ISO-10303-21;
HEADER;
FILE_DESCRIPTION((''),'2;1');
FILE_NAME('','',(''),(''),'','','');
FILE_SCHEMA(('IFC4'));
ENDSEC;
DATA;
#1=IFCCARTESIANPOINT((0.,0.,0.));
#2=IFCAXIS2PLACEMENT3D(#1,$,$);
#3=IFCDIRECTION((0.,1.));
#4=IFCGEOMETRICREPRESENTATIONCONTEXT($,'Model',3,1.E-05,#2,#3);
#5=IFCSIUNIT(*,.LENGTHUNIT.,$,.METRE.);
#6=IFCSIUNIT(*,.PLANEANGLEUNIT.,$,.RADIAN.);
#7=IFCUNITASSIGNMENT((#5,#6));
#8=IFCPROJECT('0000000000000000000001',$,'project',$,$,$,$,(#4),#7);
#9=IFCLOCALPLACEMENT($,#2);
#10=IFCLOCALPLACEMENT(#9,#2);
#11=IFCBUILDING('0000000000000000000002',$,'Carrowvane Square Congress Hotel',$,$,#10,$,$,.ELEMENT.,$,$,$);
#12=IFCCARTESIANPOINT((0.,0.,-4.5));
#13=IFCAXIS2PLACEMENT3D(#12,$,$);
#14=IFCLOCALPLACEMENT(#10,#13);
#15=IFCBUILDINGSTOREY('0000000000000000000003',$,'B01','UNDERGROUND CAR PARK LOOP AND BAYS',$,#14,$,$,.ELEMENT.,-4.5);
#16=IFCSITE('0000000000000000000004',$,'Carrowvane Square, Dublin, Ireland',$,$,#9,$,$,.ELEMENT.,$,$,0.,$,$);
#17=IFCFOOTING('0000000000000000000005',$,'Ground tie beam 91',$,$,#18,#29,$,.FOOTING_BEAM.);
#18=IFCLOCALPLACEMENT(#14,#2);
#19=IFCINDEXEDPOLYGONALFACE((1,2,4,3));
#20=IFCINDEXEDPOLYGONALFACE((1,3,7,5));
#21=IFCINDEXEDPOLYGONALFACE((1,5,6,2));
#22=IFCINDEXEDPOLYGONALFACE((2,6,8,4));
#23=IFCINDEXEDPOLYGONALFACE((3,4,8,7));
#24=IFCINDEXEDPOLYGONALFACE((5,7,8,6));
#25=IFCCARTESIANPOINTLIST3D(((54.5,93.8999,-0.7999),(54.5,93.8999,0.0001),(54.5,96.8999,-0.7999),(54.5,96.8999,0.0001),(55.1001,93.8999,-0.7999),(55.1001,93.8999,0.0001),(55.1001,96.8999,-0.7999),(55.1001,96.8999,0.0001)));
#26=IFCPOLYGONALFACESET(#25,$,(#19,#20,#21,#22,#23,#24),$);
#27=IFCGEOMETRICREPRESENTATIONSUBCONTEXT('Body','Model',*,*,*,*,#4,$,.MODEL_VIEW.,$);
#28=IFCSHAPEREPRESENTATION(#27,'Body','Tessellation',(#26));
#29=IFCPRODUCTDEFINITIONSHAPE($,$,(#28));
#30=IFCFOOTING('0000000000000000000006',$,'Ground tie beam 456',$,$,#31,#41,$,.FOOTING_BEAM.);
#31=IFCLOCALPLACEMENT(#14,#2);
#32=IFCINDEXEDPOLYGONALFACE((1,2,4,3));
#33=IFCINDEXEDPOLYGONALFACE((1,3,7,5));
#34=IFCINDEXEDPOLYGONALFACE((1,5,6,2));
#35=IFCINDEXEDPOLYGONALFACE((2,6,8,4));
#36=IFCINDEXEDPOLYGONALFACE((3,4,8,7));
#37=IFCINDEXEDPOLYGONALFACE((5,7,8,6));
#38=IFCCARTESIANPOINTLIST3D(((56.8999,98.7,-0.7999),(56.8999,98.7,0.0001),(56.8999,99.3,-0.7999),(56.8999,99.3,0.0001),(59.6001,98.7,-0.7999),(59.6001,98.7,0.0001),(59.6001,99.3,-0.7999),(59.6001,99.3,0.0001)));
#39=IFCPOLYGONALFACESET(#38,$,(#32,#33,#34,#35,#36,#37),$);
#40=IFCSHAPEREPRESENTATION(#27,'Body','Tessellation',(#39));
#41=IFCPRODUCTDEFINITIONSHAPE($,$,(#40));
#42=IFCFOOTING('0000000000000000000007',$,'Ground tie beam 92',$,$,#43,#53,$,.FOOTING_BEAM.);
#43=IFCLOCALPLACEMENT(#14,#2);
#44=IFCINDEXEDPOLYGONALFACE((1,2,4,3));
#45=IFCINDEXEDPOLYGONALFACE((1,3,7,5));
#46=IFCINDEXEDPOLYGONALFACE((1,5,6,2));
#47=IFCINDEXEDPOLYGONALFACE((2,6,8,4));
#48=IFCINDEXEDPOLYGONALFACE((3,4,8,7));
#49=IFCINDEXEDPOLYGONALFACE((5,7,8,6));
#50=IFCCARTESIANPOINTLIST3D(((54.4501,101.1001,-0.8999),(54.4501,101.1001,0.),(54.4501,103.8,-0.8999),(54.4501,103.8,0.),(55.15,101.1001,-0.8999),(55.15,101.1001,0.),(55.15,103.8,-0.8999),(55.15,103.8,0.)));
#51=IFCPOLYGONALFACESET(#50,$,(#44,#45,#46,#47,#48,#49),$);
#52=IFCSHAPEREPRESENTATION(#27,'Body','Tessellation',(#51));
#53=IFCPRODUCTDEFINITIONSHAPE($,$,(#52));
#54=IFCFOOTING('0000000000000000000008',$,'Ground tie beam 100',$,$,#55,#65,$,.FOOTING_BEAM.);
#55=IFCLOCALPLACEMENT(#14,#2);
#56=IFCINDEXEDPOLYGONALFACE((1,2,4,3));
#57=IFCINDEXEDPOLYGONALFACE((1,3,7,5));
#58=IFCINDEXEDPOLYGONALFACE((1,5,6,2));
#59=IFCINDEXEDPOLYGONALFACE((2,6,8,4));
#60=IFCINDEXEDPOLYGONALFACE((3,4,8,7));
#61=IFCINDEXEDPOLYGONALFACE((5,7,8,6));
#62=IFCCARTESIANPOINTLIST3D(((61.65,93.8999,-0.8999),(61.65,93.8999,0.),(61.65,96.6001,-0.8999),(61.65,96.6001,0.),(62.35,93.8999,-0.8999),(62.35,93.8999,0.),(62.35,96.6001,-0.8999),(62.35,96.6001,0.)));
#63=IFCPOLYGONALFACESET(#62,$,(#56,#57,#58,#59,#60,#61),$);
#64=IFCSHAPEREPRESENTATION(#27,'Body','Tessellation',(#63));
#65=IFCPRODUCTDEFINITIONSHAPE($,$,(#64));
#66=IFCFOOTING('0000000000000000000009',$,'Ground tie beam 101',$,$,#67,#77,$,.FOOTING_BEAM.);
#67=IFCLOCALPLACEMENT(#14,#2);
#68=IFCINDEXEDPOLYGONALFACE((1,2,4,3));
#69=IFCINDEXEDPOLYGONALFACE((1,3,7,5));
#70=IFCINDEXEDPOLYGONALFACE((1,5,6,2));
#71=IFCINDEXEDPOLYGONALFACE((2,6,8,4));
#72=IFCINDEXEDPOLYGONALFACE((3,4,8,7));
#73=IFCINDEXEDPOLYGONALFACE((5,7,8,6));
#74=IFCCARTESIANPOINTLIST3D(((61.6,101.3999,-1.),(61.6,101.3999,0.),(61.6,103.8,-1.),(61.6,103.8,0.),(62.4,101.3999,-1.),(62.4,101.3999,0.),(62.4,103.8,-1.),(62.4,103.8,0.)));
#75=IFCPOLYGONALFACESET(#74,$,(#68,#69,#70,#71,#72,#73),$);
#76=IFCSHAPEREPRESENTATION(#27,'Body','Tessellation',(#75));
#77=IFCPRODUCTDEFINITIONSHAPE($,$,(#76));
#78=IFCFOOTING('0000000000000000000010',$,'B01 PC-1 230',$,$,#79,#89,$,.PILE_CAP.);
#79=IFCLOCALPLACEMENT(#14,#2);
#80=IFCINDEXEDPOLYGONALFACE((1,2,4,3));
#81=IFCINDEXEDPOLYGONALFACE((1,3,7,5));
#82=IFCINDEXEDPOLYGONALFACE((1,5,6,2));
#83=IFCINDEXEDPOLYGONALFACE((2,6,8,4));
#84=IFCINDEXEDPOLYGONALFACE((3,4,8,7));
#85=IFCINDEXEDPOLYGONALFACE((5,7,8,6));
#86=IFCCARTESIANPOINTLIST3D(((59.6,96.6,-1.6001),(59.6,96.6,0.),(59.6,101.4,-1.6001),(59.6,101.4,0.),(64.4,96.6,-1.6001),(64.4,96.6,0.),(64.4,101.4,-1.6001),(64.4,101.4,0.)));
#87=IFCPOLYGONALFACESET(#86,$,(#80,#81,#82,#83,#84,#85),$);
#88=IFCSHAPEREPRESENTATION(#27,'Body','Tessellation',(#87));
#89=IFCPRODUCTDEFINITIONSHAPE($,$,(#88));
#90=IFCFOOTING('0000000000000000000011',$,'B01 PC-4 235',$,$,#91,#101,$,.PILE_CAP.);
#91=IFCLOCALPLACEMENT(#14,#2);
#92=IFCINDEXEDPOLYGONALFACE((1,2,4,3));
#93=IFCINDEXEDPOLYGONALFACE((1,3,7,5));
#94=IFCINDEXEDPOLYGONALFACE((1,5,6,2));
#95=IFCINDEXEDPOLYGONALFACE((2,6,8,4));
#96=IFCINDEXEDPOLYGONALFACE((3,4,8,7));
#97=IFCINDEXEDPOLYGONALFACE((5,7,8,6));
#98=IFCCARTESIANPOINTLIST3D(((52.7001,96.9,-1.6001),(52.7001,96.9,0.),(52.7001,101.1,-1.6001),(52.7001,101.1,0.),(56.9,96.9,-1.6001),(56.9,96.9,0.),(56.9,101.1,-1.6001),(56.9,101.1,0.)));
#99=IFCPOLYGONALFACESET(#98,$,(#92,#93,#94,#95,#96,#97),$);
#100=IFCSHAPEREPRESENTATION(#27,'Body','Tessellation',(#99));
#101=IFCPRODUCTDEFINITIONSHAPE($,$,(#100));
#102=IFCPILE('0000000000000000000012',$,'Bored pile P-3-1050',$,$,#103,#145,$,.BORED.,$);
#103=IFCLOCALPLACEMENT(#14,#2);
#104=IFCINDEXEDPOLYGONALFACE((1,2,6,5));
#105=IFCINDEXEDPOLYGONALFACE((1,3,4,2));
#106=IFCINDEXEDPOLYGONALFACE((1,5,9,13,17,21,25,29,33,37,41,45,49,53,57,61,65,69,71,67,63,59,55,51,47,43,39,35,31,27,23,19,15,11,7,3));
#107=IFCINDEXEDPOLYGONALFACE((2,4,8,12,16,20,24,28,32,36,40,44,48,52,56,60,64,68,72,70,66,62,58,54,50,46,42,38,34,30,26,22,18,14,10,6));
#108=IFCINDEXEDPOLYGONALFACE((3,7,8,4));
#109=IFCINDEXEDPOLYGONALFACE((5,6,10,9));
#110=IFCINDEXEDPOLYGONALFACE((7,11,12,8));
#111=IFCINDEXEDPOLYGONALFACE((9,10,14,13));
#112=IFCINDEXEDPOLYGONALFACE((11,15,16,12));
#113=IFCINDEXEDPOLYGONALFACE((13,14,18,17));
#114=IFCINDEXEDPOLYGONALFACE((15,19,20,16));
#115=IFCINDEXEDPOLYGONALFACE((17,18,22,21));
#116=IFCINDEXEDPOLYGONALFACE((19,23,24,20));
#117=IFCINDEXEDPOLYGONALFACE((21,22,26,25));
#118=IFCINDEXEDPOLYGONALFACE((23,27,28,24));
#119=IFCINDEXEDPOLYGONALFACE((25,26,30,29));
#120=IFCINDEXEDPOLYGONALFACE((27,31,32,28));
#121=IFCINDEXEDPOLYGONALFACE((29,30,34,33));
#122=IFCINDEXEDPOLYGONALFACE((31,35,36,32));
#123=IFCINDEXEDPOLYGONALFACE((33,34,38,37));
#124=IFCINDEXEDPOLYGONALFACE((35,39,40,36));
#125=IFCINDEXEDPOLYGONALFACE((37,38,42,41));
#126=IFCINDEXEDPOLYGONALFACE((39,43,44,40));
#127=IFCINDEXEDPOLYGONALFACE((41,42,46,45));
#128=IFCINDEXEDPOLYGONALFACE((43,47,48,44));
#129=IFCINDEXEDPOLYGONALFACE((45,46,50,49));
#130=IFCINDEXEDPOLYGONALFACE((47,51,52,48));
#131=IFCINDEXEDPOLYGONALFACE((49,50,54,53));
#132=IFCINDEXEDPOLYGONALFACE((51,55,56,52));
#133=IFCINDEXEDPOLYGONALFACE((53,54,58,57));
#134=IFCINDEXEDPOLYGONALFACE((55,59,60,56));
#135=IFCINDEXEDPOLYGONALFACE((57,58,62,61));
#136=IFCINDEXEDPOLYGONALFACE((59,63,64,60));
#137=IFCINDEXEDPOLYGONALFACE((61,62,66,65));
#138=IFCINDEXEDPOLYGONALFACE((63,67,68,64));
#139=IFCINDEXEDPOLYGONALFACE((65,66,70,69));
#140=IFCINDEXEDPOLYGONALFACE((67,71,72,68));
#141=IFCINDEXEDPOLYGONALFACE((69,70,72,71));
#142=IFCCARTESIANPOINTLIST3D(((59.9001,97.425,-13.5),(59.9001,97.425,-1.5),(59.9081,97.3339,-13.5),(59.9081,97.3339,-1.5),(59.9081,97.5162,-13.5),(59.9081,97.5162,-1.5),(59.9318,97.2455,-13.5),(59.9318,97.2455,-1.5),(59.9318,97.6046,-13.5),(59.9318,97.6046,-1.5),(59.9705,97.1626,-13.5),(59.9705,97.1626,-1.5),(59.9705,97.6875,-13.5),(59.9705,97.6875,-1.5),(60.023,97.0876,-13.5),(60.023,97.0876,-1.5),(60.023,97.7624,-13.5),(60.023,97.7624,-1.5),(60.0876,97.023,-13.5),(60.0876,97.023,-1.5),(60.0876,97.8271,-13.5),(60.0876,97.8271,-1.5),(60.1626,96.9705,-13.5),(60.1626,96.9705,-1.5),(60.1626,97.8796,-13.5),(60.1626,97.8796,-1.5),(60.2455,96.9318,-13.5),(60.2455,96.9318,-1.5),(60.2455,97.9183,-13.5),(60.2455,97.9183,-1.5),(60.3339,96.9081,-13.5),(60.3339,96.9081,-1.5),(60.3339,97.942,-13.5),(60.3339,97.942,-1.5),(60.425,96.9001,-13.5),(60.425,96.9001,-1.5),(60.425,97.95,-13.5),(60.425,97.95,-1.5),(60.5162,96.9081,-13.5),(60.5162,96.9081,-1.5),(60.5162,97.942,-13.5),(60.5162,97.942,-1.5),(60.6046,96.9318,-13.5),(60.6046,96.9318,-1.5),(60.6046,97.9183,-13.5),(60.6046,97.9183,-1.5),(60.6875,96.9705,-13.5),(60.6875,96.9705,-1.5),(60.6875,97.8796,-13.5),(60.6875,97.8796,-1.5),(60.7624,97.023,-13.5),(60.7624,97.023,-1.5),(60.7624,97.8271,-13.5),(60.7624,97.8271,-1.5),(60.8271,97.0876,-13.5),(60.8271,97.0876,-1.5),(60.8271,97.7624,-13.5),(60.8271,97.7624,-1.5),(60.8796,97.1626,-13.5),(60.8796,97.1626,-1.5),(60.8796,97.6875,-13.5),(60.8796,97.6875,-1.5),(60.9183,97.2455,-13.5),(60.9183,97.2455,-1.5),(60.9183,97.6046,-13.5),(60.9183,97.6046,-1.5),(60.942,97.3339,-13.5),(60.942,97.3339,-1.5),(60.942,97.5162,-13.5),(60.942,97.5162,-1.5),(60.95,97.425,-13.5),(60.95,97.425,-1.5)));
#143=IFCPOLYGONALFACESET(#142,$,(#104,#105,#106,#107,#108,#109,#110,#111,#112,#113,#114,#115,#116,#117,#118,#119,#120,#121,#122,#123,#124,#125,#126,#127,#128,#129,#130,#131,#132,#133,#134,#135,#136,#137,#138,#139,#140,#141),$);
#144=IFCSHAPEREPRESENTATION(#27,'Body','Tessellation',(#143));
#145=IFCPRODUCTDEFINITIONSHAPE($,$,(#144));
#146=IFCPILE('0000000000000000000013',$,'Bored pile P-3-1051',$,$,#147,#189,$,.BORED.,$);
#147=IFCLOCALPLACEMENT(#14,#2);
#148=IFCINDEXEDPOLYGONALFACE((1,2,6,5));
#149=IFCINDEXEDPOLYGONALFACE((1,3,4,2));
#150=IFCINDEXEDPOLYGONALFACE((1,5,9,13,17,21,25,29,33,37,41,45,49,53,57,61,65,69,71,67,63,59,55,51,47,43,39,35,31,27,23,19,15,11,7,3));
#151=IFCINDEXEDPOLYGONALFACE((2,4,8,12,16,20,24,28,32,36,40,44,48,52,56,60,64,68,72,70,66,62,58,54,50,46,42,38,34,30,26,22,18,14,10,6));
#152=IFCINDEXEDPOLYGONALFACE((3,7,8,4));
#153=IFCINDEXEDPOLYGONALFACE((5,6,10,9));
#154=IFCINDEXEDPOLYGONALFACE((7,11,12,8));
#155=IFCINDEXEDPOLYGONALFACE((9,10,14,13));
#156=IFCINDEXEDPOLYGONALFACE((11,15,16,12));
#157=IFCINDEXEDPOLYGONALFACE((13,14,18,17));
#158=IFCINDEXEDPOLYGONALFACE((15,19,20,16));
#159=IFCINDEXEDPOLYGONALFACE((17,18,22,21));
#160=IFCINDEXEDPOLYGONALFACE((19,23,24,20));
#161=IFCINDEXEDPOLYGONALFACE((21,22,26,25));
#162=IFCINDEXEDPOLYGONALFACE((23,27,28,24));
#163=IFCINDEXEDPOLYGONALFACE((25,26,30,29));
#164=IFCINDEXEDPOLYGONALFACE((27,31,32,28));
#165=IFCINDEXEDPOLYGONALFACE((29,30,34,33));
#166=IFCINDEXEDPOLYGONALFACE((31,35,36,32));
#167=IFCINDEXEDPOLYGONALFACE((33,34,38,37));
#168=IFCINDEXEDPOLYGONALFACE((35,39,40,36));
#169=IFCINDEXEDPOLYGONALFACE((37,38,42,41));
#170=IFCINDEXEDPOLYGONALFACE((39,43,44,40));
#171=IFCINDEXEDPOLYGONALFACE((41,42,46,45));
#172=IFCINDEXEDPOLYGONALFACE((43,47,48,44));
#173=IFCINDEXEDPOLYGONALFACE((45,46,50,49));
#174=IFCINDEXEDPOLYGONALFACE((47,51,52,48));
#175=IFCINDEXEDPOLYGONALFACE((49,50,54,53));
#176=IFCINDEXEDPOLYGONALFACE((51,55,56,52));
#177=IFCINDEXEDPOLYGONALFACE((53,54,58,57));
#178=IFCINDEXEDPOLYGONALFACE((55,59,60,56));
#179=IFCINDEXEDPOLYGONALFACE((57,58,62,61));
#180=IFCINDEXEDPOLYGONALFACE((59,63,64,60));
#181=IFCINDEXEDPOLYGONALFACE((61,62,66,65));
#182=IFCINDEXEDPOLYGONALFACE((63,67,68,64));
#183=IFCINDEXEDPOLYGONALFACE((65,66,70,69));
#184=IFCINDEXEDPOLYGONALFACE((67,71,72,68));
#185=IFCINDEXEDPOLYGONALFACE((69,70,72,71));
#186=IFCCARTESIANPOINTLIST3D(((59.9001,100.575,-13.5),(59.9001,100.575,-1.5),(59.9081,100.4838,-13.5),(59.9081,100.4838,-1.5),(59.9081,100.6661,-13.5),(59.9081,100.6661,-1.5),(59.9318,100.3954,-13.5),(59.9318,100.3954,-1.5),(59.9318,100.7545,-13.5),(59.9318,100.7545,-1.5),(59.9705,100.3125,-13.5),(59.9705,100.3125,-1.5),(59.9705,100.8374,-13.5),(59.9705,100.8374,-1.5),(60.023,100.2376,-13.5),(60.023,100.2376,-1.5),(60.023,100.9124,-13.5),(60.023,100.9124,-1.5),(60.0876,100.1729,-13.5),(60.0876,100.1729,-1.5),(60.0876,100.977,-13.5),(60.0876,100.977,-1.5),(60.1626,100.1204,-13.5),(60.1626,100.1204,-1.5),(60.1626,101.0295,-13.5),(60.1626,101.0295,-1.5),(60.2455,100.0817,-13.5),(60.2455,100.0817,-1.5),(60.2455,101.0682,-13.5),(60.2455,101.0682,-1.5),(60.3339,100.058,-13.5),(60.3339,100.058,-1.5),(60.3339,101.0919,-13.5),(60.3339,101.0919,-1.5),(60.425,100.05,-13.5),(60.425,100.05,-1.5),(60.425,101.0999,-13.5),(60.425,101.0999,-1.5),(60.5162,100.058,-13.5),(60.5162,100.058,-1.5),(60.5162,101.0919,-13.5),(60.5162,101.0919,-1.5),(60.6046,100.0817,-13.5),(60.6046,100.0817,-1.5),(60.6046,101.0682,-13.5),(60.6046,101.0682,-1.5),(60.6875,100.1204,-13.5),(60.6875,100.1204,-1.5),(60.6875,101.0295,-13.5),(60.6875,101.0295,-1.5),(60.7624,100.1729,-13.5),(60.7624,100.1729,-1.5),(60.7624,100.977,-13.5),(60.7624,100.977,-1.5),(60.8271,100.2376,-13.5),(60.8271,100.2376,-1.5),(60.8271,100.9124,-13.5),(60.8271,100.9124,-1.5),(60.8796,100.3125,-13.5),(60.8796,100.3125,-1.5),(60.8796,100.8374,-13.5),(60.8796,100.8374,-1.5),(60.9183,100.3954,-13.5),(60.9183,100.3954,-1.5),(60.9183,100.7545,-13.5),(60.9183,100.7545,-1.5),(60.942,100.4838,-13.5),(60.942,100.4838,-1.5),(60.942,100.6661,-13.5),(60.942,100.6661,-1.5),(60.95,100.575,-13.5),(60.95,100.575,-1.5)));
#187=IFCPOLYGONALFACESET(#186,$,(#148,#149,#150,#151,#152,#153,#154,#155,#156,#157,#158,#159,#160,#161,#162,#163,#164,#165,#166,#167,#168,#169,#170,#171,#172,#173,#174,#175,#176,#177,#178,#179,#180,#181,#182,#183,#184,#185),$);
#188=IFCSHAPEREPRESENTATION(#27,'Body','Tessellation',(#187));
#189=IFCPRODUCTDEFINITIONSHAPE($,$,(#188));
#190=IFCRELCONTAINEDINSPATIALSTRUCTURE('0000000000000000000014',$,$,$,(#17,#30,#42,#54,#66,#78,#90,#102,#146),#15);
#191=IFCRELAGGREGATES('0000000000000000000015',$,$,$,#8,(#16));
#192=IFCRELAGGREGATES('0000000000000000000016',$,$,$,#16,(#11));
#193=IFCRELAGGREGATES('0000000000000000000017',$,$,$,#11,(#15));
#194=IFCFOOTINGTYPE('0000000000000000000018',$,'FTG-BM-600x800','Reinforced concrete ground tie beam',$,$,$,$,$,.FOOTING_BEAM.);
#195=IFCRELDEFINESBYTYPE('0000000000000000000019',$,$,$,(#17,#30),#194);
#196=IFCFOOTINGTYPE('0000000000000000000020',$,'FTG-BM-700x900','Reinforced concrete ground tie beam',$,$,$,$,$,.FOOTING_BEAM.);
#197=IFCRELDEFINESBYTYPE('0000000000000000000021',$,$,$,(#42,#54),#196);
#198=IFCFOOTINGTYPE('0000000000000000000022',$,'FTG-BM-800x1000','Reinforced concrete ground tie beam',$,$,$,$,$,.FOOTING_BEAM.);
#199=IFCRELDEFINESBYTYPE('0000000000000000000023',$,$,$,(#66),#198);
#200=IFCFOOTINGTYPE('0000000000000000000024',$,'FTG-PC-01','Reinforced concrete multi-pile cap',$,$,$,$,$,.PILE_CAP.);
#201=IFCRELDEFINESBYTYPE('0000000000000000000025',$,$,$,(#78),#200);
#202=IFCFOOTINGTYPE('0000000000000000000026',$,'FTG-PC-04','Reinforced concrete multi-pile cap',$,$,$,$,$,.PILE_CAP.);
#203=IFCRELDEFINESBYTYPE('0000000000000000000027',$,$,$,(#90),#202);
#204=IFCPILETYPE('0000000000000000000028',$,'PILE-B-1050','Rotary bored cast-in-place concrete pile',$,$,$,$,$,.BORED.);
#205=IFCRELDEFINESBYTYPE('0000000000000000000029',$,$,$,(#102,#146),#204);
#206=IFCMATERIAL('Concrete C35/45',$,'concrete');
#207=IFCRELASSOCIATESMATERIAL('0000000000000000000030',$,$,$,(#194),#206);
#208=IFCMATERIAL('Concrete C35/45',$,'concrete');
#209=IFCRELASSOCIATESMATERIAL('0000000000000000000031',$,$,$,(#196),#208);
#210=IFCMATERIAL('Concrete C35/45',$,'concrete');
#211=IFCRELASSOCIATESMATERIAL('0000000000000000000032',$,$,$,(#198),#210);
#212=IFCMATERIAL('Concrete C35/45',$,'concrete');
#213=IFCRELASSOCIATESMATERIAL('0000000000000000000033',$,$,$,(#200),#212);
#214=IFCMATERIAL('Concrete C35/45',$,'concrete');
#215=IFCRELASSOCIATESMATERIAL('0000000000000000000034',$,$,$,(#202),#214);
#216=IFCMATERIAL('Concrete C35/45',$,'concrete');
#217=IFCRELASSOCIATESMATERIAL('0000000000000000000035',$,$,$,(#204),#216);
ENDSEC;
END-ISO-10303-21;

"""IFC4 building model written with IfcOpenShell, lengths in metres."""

from ifc_helpers import new_model, si_unit, direction, frame, origin, origin_2d, place, context, subcontext, project, spatial, rectangle, circle, extrude, material, material_profile, profile_set, type_object, element, save


model = new_model("IFC4")

# Units and contexts
model_context = context("Model", 3, precision=1e-05, world=origin(), true_north=direction((0.0, 1.0)))
body_context = subcontext(model_context, "Body", "Model", "MODEL_VIEW")
ifc_project = project(units=[si_unit("LENGTHUNIT", "METRE"), si_unit("PLANEANGLEUNIT", "RADIAN")], contexts=[model_context])

# Site, building, storey
site_placement = place(None, origin())
site = spatial("IfcSite", under=ifc_project, at=site_placement, Name="Carrowvane Square, Dublin, Ireland", CompositionType="ELEMENT", RefElevation=0.0)
building_placement = place(site_placement, origin())
building = spatial("IfcBuilding", under=site, at=building_placement, Name="Carrowvane Square Congress Hotel", CompositionType="ELEMENT")
storey_placement = place(building_placement, frame((0.0, 0.0, -4.5)))
storey = spatial("IfcBuildingStorey", under=building, at=storey_placement, Name="B01", Description="UNDERGROUND CAR PARK LOOP AND BAYS", CompositionType="ELEMENT", Elevation=-4.5)

# Footings
ifc_material_1 = material(Name="Concrete C35/45", Category="concrete")
ifc_material_profile_1 = material_profile(ifc_material_1, rectangle(XDim=0.6001, YDim=0.8, at=origin_2d()), Name="RC 600x800")
ifc_profile_set_1 = profile_set([ifc_material_profile_1], Name="Concrete C35/45")
footing_type_1 = type_object("IfcFootingType", Name="FTG-BM-600x800", Description="Reinforced concrete ground tie beam", PredefinedType="FOOTING_BEAM", material=ifc_profile_set_1)
footing_1_placement = place(storey_placement, frame((54.8, 93.8999, -0.3999), z_axis=(0.0, 1.0, 0.0), x_axis=(-1.0, 0.0, 0.0)))
element("IfcFooting", 1, at=footing_1_placement, inside=storey, type_object=footing_type_1, Name="Ground tie beam 91", PredefinedType="FOOTING_BEAM", context=body_context, shape_type="SweptSolid", body=[
    extrude(rectangle(XDim=0.6001, YDim=0.8, at=origin_2d()), origin(), (0.0, 0.0, 1.0), 3.0),
])
footing_2_placement = place(storey_placement, frame((56.8999, 99.0, -0.3999), z_axis=(1.0, 0.0, 0.0), x_axis=(0.0, 1.0, 0.0)))
element("IfcFooting", 2, at=footing_2_placement, inside=storey, type_object=footing_type_1, Name="Ground tie beam 456", PredefinedType="FOOTING_BEAM", context=body_context, shape_type="SweptSolid", body=[
    extrude(rectangle(XDim=0.6001, YDim=0.8, at=origin_2d()), origin(), (0.0, 0.0, 1.0), 2.7002),
])
ifc_material_2 = material(Name="Concrete C35/45", Category="concrete")
ifc_material_profile_2 = material_profile(ifc_material_2, rectangle(XDim=0.7, YDim=0.8999, at=origin_2d()), Name="RC 700x900")
ifc_profile_set_2 = profile_set([ifc_material_profile_2], Name="Concrete C35/45")
footing_type_2 = type_object("IfcFootingType", Name="FTG-BM-700x900", Description="Reinforced concrete ground tie beam", PredefinedType="FOOTING_BEAM", material=ifc_profile_set_2)
footing_3_placement = place(storey_placement, frame((54.8, 101.1001, -0.45), z_axis=(0.0, 1.0, 0.0), x_axis=(-1.0, 0.0, 0.0)))
element("IfcFooting", 3, at=footing_3_placement, inside=storey, type_object=footing_type_2, Name="Ground tie beam 92", PredefinedType="FOOTING_BEAM", context=body_context, shape_type="SweptSolid", body=[
    extrude(rectangle(XDim=0.7, YDim=0.8999, at=origin_2d()), origin(), (0.0, 0.0, 1.0), 2.7),
])
footing_4_placement = place(storey_placement, frame((62.0, 93.8999, -0.45), z_axis=(0.0, 1.0, 0.0), x_axis=(-1.0, 0.0, 0.0)))
element("IfcFooting", 4, at=footing_4_placement, inside=storey, type_object=footing_type_2, Name="Ground tie beam 100", PredefinedType="FOOTING_BEAM", context=body_context, shape_type="SweptSolid", body=[
    extrude(rectangle(XDim=0.7, YDim=0.8999, at=origin_2d()), origin(), (0.0, 0.0, 1.0), 2.7002),
])
ifc_material_3 = material(Name="Concrete C35/45", Category="concrete")
ifc_material_profile_3 = material_profile(ifc_material_3, rectangle(XDim=0.8, YDim=1.0, at=origin_2d()), Name="RC 800x1000")
ifc_profile_set_3 = profile_set([ifc_material_profile_3], Name="Concrete C35/45")
footing_type_3 = type_object("IfcFootingType", Name="FTG-BM-800x1000", Description="Reinforced concrete ground tie beam", PredefinedType="FOOTING_BEAM", material=ifc_profile_set_3)
footing_5_placement = place(storey_placement, frame((62.0, 101.3999, -0.5), z_axis=(0.0, 1.0, 0.0), x_axis=(-1.0, 0.0, 0.0)))
element("IfcFooting", 5, at=footing_5_placement, inside=storey, type_object=footing_type_3, Name="Ground tie beam 101", PredefinedType="FOOTING_BEAM", context=body_context, shape_type="SweptSolid", body=[
    extrude(rectangle(XDim=0.8, YDim=1.0, at=origin_2d()), origin(), (0.0, 0.0, 1.0), 2.4001),
])
ifc_material_4 = material(Name="Concrete C35/45", Category="concrete")
footing_type_4 = type_object("IfcFootingType", Name="FTG-PC-01", Description="Reinforced concrete multi-pile cap", PredefinedType="PILE_CAP", material=ifc_material_4)
footing_6_placement = place(storey_placement, frame((62.0, 99.0, -1.6001), z_axis=(0.0, 0.0, 1.0), x_axis=(1.0, 0.0, 0.0)))
element("IfcFooting", 6, at=footing_6_placement, inside=storey, type_object=footing_type_4, Name="B01 PC-1 230", PredefinedType="PILE_CAP", context=body_context, shape_type="SweptSolid", body=[
    extrude(rectangle(XDim=4.8, YDim=4.8, at=origin_2d()), origin(), (0.0, 0.0, 1.0), 1.6001),
])
ifc_material_5 = material(Name="Concrete C35/45", Category="concrete")
footing_type_5 = type_object("IfcFootingType", Name="FTG-PC-04", Description="Reinforced concrete multi-pile cap", PredefinedType="PILE_CAP", material=ifc_material_5)
footing_7_placement = place(storey_placement, frame((54.8, 99.0, -1.6001), z_axis=(0.0, 0.0, 1.0), x_axis=(1.0, 0.0, 0.0)))
element("IfcFooting", 7, at=footing_7_placement, inside=storey, type_object=footing_type_5, Name="B01 PC-4 235", PredefinedType="PILE_CAP", context=body_context, shape_type="SweptSolid", body=[
    extrude(rectangle(XDim=4.2, YDim=4.2, at=origin_2d()), origin(), (0.0, 0.0, 1.0), 1.6001),
])

# Piles
ifc_material_6 = material(Name="Concrete C35/45", Category="concrete")
ifc_material_profile_4 = material_profile(ifc_material_6, circle(Radius=0.5249, at=origin_2d()), Name="PILE D1050")
ifc_profile_set_4 = profile_set([ifc_material_profile_4], Name="Concrete C35/45")
pile_type_1 = type_object("IfcPileType", Name="PILE-B-1050", Description="Rotary bored cast-in-place concrete pile", PredefinedType="BORED", material=ifc_profile_set_4)
for number, where, z_axis, x_axis, name in (
    (8, (60.425, 97.425, -1.5), (0.0, 0.0, -1.0), (1.0, 0.0, 0.0), "Bored pile P-3-1050"),
    (9, (60.425, 100.575, -1.5), (0.0, 0.0, -1.0), (1.0, 0.0, 0.0), "Bored pile P-3-1051"),
):
    element("IfcPile", number, at=place(storey_placement, frame(where, z_axis=z_axis, x_axis=x_axis)), inside=storey, type_object=pile_type_1, Name=name, PredefinedType="BORED", context=body_context, shape_type="SweptSolid", body=[
        extrude(circle(Radius=0.5249, at=origin_2d()), origin(), (0.0, 0.0, 1.0), 12.0),
    ])

save(model, "model.ifc")
